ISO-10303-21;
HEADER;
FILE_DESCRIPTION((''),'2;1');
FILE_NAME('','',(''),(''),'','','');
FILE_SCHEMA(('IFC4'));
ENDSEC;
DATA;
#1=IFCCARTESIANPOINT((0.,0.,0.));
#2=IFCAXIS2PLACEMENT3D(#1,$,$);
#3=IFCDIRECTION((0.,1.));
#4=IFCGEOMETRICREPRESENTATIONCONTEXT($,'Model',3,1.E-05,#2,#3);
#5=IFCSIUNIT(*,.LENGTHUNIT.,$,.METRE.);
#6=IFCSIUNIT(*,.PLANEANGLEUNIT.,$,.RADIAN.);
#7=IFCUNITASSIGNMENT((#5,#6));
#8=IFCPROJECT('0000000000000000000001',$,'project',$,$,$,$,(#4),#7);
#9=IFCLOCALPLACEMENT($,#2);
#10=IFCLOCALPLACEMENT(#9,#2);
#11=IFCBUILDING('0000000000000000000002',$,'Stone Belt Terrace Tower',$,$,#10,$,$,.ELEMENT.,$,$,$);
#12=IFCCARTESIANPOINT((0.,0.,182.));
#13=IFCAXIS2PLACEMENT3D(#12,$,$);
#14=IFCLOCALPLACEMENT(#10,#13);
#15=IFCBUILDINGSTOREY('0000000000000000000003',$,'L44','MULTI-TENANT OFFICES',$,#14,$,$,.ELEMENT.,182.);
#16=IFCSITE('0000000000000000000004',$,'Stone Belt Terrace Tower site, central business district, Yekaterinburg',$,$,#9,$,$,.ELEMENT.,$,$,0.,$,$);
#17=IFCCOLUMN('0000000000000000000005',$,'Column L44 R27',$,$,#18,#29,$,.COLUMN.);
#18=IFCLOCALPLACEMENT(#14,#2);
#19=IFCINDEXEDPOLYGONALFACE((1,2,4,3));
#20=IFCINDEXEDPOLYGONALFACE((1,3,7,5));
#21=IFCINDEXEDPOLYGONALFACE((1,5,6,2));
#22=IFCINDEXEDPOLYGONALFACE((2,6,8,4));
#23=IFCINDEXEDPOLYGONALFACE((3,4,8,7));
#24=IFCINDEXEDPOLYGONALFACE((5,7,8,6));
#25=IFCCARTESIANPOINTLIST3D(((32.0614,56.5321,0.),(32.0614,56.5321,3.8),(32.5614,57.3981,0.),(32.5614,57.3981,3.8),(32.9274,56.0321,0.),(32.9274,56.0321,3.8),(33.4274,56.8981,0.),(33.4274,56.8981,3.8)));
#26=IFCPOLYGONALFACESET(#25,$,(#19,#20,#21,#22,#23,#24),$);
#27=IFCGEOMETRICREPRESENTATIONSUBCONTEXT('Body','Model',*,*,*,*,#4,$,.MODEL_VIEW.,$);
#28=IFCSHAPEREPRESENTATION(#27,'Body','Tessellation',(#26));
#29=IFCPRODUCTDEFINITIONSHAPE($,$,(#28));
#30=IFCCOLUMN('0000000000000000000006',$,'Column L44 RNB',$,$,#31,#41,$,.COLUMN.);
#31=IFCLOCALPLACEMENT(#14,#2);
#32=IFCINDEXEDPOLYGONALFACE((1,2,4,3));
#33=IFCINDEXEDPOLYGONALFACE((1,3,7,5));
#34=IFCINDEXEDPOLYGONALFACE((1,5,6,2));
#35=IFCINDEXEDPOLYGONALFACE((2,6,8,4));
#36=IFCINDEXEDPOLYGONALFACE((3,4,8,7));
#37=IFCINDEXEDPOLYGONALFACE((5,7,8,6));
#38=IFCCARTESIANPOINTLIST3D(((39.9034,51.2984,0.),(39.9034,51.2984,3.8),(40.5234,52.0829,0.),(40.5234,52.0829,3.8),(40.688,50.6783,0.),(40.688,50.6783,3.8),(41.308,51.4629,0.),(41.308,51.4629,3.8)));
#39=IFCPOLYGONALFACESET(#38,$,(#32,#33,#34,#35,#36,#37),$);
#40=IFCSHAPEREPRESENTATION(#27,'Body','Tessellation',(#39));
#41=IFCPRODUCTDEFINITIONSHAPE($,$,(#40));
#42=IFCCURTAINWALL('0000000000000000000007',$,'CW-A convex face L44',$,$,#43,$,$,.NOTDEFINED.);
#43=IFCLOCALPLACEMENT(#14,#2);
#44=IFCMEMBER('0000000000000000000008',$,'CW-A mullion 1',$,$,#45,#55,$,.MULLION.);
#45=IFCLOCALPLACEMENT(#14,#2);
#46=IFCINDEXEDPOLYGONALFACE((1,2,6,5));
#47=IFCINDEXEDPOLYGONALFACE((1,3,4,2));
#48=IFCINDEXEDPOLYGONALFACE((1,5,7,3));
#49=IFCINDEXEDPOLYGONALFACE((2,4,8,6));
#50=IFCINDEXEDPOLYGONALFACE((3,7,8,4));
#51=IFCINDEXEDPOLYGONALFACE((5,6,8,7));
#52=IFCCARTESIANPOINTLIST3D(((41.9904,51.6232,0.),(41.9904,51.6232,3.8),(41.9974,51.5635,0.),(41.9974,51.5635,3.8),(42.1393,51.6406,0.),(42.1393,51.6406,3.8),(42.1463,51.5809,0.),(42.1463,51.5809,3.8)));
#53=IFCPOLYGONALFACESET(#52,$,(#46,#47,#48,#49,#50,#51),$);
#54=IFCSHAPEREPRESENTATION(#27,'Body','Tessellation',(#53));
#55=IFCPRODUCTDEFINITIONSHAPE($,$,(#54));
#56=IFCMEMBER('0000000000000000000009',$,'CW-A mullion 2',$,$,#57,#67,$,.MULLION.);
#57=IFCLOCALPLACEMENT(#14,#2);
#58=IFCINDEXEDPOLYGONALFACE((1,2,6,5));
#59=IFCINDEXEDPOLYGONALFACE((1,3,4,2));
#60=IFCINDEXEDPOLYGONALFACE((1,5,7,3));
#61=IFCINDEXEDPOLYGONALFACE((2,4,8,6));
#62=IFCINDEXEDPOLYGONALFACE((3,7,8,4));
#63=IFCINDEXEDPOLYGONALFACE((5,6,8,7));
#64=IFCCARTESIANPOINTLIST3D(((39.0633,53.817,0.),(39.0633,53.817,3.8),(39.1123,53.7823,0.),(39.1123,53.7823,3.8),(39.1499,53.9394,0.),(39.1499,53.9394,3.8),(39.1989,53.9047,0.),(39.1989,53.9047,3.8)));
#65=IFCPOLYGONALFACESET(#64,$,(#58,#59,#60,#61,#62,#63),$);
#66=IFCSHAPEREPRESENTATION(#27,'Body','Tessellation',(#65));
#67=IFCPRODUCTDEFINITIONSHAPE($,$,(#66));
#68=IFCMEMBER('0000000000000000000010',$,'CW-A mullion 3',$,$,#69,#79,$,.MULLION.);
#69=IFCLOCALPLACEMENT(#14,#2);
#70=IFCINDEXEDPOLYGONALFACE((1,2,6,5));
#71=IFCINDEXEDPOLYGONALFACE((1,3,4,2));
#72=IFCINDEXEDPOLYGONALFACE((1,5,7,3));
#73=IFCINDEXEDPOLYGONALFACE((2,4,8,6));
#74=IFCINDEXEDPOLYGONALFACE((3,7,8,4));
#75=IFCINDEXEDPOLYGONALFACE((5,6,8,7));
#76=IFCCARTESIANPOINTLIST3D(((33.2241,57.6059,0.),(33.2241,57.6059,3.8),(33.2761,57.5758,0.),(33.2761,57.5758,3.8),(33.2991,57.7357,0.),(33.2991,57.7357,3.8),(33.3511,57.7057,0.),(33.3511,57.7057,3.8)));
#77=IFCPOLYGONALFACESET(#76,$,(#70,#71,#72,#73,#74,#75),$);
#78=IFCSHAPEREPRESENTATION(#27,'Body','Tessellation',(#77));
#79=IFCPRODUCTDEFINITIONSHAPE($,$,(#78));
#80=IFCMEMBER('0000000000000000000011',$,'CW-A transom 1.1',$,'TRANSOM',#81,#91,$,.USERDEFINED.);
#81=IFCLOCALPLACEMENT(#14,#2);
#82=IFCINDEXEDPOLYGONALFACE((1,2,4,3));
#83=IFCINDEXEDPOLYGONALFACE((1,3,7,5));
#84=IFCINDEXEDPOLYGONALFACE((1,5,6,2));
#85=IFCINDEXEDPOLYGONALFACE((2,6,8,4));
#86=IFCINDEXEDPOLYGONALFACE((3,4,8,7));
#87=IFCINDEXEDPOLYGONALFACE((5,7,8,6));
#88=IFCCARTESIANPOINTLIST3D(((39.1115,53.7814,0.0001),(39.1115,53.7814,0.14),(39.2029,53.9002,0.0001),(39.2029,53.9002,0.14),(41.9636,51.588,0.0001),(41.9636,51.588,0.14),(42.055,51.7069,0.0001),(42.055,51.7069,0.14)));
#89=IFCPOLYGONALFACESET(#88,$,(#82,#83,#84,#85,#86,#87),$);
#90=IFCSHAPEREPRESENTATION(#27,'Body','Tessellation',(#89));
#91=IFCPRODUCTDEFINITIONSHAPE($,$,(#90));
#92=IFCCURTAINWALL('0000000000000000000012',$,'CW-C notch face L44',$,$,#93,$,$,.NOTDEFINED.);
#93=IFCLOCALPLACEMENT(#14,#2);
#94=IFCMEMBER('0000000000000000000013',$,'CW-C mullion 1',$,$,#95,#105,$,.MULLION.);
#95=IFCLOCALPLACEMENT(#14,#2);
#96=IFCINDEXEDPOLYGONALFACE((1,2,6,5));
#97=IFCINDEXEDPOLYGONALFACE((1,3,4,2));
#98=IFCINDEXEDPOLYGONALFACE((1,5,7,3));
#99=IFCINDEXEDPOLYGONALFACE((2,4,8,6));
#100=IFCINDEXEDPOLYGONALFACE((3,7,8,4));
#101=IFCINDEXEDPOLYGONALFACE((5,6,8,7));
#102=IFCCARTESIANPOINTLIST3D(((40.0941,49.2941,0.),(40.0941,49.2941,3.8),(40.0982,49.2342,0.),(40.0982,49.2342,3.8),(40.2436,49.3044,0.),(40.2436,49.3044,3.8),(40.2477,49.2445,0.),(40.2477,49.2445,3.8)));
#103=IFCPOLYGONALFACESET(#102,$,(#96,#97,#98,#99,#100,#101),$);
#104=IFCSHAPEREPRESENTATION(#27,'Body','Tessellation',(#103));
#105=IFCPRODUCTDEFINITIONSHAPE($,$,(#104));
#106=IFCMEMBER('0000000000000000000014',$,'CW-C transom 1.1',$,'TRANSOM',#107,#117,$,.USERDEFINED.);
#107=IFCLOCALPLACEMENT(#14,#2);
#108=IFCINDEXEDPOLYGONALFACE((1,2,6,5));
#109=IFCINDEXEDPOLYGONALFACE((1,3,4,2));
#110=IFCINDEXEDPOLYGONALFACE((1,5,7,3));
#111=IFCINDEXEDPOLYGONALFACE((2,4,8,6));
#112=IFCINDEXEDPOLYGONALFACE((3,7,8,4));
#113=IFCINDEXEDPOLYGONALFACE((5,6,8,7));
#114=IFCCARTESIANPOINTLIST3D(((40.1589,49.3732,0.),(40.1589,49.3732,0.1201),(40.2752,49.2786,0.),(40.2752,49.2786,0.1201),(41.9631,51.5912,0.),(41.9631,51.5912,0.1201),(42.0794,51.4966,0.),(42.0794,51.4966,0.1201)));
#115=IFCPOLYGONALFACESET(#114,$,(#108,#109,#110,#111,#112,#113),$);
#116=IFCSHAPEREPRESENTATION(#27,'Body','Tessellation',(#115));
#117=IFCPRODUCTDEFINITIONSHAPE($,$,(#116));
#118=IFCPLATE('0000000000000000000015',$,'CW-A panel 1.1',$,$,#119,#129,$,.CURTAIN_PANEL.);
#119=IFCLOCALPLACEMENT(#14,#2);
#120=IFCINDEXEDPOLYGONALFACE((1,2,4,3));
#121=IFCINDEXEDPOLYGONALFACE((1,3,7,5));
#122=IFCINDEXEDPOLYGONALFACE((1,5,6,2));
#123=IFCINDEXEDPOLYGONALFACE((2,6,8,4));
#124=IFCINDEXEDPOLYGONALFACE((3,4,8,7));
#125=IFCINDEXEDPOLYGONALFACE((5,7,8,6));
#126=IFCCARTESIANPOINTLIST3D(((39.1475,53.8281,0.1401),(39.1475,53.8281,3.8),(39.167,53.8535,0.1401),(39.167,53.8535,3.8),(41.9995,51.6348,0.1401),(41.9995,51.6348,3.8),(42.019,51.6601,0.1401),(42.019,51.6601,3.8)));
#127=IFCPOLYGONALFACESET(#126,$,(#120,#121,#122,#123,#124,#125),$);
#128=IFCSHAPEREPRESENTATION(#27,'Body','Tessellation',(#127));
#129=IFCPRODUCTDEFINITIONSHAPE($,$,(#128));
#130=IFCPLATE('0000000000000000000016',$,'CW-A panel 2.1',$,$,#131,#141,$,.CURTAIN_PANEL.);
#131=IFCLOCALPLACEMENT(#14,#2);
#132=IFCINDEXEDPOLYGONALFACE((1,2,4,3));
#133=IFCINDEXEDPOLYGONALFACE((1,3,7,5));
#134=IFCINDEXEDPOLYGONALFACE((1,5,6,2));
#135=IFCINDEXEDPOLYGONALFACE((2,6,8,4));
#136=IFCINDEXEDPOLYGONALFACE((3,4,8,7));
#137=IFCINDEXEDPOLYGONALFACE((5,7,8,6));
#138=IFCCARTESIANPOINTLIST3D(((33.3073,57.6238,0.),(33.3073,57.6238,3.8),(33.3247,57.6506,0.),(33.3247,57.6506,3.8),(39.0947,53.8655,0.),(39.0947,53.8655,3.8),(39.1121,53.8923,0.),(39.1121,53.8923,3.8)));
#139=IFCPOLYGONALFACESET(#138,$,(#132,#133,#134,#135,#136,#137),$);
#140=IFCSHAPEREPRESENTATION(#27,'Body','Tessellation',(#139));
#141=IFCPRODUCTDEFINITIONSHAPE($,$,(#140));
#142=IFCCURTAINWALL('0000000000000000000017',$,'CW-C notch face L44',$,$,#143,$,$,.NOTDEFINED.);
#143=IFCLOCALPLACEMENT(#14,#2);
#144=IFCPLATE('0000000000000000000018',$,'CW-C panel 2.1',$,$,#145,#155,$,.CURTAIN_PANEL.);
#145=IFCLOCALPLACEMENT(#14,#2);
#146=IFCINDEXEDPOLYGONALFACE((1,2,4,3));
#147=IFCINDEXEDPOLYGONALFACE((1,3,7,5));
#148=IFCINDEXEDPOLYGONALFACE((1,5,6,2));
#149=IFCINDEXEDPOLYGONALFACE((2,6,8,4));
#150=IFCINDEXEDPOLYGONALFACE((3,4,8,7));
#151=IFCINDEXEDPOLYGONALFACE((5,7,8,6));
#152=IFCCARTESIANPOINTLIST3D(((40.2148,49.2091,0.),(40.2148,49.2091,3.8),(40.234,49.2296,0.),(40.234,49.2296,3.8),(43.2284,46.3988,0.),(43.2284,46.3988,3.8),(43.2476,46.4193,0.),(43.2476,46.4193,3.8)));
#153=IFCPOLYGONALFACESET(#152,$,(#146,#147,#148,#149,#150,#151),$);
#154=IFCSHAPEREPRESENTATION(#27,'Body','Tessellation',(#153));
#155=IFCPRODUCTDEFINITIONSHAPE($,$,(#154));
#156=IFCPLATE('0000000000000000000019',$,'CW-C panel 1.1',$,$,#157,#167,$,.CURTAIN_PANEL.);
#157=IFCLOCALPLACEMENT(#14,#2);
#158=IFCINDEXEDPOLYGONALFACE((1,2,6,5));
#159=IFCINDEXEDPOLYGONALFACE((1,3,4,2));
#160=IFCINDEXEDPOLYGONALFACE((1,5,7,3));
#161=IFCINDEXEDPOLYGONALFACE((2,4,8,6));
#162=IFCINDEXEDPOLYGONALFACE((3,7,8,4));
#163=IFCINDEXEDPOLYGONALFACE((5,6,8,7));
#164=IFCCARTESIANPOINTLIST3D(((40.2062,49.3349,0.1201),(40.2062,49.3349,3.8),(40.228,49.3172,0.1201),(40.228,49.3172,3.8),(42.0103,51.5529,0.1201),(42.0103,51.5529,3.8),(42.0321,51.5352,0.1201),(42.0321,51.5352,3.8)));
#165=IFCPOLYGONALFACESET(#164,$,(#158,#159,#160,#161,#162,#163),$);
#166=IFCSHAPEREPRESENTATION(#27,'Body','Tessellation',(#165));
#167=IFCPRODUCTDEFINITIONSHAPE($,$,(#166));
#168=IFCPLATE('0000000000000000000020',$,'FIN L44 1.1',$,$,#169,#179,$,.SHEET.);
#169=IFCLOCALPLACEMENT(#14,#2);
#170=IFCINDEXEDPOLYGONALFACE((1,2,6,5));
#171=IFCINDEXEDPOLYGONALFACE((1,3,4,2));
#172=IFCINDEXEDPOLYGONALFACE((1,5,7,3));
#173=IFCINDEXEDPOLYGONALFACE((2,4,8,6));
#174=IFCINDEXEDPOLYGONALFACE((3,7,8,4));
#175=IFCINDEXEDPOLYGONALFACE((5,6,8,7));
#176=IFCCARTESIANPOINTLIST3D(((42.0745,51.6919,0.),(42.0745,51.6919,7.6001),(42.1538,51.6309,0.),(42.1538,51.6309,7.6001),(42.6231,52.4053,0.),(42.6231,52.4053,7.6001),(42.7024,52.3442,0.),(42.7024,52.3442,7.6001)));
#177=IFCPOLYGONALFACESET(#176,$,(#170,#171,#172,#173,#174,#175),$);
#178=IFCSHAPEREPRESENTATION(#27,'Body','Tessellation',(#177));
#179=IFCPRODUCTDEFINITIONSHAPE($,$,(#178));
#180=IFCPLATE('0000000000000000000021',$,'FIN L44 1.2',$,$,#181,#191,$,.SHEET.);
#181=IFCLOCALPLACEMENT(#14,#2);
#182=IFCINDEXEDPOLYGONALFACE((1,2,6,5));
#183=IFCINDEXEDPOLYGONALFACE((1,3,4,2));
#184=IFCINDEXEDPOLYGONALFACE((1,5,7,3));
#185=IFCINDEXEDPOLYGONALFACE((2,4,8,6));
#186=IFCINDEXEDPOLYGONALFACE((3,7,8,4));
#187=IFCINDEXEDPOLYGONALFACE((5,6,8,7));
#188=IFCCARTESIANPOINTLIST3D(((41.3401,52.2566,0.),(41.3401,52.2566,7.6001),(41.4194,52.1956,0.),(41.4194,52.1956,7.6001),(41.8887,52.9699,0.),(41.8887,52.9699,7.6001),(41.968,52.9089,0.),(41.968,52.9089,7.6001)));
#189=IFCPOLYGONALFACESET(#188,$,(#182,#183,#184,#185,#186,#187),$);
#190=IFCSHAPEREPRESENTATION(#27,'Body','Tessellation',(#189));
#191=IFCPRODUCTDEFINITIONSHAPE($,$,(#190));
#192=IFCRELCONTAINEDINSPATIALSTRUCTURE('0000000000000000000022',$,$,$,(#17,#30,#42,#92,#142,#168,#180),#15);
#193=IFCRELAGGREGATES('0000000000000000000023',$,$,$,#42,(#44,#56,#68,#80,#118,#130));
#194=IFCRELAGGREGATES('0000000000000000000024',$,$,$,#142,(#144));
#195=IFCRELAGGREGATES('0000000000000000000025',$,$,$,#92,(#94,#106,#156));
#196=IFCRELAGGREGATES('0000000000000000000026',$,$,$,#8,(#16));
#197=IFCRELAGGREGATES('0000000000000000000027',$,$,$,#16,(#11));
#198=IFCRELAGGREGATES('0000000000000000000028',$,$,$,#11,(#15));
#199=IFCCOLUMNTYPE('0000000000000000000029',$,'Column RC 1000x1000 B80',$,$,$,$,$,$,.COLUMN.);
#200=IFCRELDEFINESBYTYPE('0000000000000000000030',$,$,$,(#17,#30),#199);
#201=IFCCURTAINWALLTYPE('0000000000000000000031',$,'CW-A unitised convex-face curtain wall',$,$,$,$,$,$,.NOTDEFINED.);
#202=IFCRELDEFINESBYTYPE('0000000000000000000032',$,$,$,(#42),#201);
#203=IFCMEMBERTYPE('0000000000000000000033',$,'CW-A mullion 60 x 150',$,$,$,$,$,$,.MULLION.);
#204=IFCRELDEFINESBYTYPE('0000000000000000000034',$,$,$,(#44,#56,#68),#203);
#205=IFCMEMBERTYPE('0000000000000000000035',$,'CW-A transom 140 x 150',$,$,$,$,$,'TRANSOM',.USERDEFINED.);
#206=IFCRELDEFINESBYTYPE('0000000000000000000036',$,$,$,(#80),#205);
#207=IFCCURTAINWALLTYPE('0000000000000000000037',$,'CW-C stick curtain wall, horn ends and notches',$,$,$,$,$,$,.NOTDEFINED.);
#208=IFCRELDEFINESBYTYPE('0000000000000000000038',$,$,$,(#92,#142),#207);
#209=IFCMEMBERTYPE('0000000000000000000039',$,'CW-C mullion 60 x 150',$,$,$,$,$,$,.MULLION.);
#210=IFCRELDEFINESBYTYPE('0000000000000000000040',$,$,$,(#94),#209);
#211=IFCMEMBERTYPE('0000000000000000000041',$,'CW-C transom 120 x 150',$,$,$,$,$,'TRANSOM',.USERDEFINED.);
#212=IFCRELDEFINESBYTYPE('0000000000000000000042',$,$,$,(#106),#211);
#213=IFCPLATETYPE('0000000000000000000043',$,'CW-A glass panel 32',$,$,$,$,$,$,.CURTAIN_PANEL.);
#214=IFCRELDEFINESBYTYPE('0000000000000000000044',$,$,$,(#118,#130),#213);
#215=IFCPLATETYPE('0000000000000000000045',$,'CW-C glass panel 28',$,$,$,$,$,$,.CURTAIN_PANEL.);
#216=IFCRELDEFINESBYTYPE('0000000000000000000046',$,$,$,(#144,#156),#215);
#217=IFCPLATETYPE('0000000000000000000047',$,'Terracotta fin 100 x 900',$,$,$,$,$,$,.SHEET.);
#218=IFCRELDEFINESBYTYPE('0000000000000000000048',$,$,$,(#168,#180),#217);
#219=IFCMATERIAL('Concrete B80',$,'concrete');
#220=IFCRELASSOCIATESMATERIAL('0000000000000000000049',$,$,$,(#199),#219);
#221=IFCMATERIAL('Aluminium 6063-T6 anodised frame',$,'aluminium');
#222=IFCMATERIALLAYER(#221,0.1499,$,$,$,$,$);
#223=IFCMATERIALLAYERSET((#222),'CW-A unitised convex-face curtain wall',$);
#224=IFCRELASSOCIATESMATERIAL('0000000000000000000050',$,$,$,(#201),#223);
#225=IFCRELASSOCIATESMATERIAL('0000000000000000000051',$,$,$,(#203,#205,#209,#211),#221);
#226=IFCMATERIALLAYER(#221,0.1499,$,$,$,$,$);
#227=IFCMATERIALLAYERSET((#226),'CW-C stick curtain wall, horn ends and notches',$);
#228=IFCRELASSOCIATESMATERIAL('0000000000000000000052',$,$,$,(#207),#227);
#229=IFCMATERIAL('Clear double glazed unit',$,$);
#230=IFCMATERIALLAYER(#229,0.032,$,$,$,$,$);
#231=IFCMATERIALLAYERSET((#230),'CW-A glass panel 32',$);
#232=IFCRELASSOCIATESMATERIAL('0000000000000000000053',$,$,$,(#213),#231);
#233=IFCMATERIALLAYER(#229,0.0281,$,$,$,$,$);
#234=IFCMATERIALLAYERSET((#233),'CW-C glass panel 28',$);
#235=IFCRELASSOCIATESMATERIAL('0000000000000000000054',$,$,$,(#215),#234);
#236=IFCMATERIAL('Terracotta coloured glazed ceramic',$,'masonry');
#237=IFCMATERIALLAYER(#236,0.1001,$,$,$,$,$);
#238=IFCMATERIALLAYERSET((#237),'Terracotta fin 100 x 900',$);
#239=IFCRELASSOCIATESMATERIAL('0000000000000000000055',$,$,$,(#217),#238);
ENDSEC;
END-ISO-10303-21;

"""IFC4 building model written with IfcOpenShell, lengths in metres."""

from ifc_helpers import new_model, si_unit, direction, frame, origin, origin_2d, place, context, subcontext, project, spatial, rectangle, extrude, material, layer, layer_set, material_profile, profile_set, type_object, element, aggregate, save


model = new_model("IFC4")

# Units and contexts
model_context = context("Model", 3, precision=1e-05, world=origin(), true_north=direction((0.0, 1.0)))
body_context = subcontext(model_context, "Body", "Model", "MODEL_VIEW")
ifc_project = project(units=[si_unit("LENGTHUNIT", "METRE"), si_unit("PLANEANGLEUNIT", "RADIAN")], contexts=[model_context])

# Site, building, storey
site_placement = place(None, origin())
site = spatial("IfcSite", under=ifc_project, at=site_placement, Name="Stone Belt Terrace Tower site, central business district, Yekaterinburg", CompositionType="ELEMENT", RefElevation=0.0)
building_placement = place(site_placement, origin())
building = spatial("IfcBuilding", under=site, at=building_placement, Name="Stone Belt Terrace Tower", CompositionType="ELEMENT")
storey_placement = place(building_placement, frame((0.0, 0.0, 182.0)))
storey = spatial("IfcBuildingStorey", under=building, at=storey_placement, Name="L44", Description="MULTI-TENANT OFFICES", CompositionType="ELEMENT", Elevation=182.0)

# Columns
ifc_material_1 = material(Name="Concrete B80", Category="concrete")
ifc_material_profile_1 = material_profile(ifc_material_1, rectangle(XDim=1.0, YDim=1.0, at=origin_2d()), Name="RC 1000x1000")
ifc_profile_set_1 = profile_set([ifc_material_profile_1], Name="Concrete B80")
column_type = type_object("IfcColumnType", Name="Column RC 1000x1000 B80", PredefinedType="COLUMN", material=ifc_profile_set_1)
for number, where, z_axis, x_axis, name in (
    (1, (32.7444, 56.7151, 0.0), (0.0, 0.0, 1.0), (0.866025, -0.5, 0.0), "Column L44 R27"),
    (2, (40.6057, 51.3806, 0.0), (0.0, 0.0, 1.0), (0.78457, -0.620041, 0.0), "Column L44 RNB"),
):
    element("IfcColumn", number, at=place(storey_placement, frame(where, z_axis=z_axis, x_axis=x_axis)), inside=storey, type_object=column_type, Name=name, PredefinedType="COLUMN", context=body_context, shape_type="SweptSolid", body=[
        extrude(rectangle(XDim=1.0, YDim=1.0, at=origin_2d()), origin(), (0.0, 0.0, 1.0), 3.8),
    ])

# Curtain walls, members
ifc_material_2 = material(Name="Aluminium 6063-T6 anodised frame", Category="aluminium")
ifc_layer_1 = layer(ifc_material_2, 0.1499)
ifc_layer_set_1 = layer_set([ifc_layer_1], Name="CW-A unitised convex-face curtain wall")
curtain_wall_type_1 = type_object("IfcCurtainWallType", Name="CW-A unitised convex-face curtain wall", PredefinedType="NOTDEFINED", material=ifc_layer_set_1)
curtain_wall_1_placement = place(storey_placement, origin())
curtain_wall_1 = element("IfcCurtainWall", 3, at=curtain_wall_1_placement, inside=storey, type_object=curtain_wall_type_1, Name="CW-A convex face L44", PredefinedType="NOTDEFINED")
ifc_material_profile_2 = material_profile(ifc_material_2, rectangle(XDim=0.1499, YDim=0.0601, at=origin_2d()), Name="Aluminium 6063-T6 60x150")
ifc_profile_set_2 = profile_set([ifc_material_profile_2], Name="Aluminium 6063-T6 anodised frame")
member_type_1 = type_object("IfcMemberType", Name="CW-A mullion 60 x 150", PredefinedType="MULLION", material=ifc_profile_set_2)
member_1_placement = place(storey_placement, frame((42.0684, 51.6021, 0.0), z_axis=(0.0, 0.0, 1.0), x_axis=(-0.993258, -0.115925, 0.0)))
member_1 = element("IfcMember", 4, at=member_1_placement, type_object=member_type_1, Name="CW-A mullion 1", PredefinedType="MULLION", context=body_context, shape_type="SweptSolid", body=[
    extrude(rectangle(XDim=0.1499, YDim=0.0601, at=origin_2d()), origin(), (0.0, 0.0, 1.0), 3.8),
])
member_2_placement = place(storey_placement, frame((39.1311, 53.8608, 0.0), z_axis=(0.0, 0.0, 1.0), x_axis=(-0.577587, -0.816329, 0.0)))
member_2 = element("IfcMember", 5, at=member_2_placement, type_object=member_type_1, Name="CW-A mullion 2", PredefinedType="MULLION", context=body_context, shape_type="SweptSolid", body=[
    extrude(rectangle(XDim=0.1499, YDim=0.0601, at=origin_2d()), origin(), (0.0, 0.0, 1.0), 3.8),
])
member_3_placement = place(storey_placement, frame((33.2876, 57.6558, 0.0), z_axis=(0.0, 0.0, 1.0), x_axis=(-0.5, -0.866025, 0.0)))
member_3 = element("IfcMember", 6, at=member_3_placement, type_object=member_type_1, Name="CW-A mullion 3", PredefinedType="MULLION", context=body_context, shape_type="SweptSolid", body=[
    extrude(rectangle(XDim=0.1499, YDim=0.0601, at=origin_2d()), origin(), (0.0, 0.0, 1.0), 3.8),
])
ifc_material_profile_3 = material_profile(ifc_material_2, rectangle(XDim=0.1499, YDim=0.1399, at=origin_2d()), Name="Aluminium 6063-T6 150x140")
ifc_profile_set_3 = profile_set([ifc_material_profile_3], Name="Aluminium 6063-T6 anodised frame")
member_type_2 = type_object("IfcMemberType", Name="CW-A transom 140 x 150", ElementType="TRANSOM", PredefinedType="USERDEFINED", material=ifc_profile_set_3)
member_4_placement = place(storey_placement, frame((42.0093, 51.6475, 0.0701), z_axis=(-0.792695, 0.609619, 0.0), x_axis=(-0.609619, -0.792695, 0.0)))
member_4 = element("IfcMember", 7, at=member_4_placement, type_object=member_type_2, Name="CW-A transom 1.1", ObjectType="TRANSOM", PredefinedType="USERDEFINED", context=body_context, shape_type="SweptSolid", body=[
    extrude(rectangle(XDim=0.1499, YDim=0.1399, at=origin_2d()), origin(), (0.0, 0.0, 1.0), 3.5979),
])
ifc_layer_2 = layer(ifc_material_2, 0.1499)
ifc_layer_set_2 = layer_set([ifc_layer_2], Name="CW-C stick curtain wall, horn ends and notches")
curtain_wall_type_2 = type_object("IfcCurtainWallType", Name="CW-C stick curtain wall, horn ends and notches", PredefinedType="NOTDEFINED", material=ifc_layer_set_2)
curtain_wall_2_placement = place(storey_placement, origin())
curtain_wall_2 = element("IfcCurtainWall", 8, at=curtain_wall_2_placement, inside=storey, type_object=curtain_wall_type_2, Name="CW-C notch face L44", PredefinedType="NOTDEFINED")
ifc_material_profile_4 = material_profile(ifc_material_2, rectangle(XDim=0.1499, YDim=0.0601, at=origin_2d()), Name="Aluminium 6063-T6 60x150")
ifc_profile_set_4 = profile_set([ifc_material_profile_4], Name="Aluminium 6063-T6 anodised frame")
member_type_3 = type_object("IfcMemberType", Name="CW-C mullion 60 x 150", PredefinedType="MULLION", material=ifc_profile_set_4)
member_5_placement = place(storey_placement, frame((40.1709, 49.2693, 0.0), z_axis=(0.0, 0.0, 1.0), x_axis=(-0.99764, -0.068666, 0.0)))
member_5 = element("IfcMember", 9, at=member_5_placement, type_object=member_type_3, Name="CW-C mullion 1", PredefinedType="MULLION", context=body_context, shape_type="SweptSolid", body=[
    extrude(rectangle(XDim=0.1499, YDim=0.0601, at=origin_2d()), origin(), (0.0, 0.0, 1.0), 3.8),
])
ifc_material_profile_5 = material_profile(ifc_material_2, rectangle(XDim=0.1499, YDim=0.1201, at=origin_2d()), Name="Aluminium 6063-T6 150x120")
ifc_profile_set_5 = profile_set([ifc_material_profile_5], Name="Aluminium 6063-T6 anodised frame")
member_type_4 = type_object("IfcMemberType", Name="CW-C transom 120 x 150", ElementType="TRANSOM", PredefinedType="USERDEFINED", material=ifc_profile_set_5)
member_6_placement = place(storey_placement, frame((40.217, 49.3259, 0.0601), z_axis=(0.631027, 0.775761, 0.0), x_axis=(-0.775761, 0.631027, 0.0)))
member_6 = element("IfcMember", 10, at=member_6_placement, type_object=member_type_4, Name="CW-C transom 1.1", ObjectType="TRANSOM", PredefinedType="USERDEFINED", context=body_context, shape_type="SweptSolid", body=[
    extrude(rectangle(XDim=0.1499, YDim=0.1201, at=origin_2d()), origin(), (0.0, 0.0, 1.0), 2.8591),
])

# Plates
ifc_material_3 = material(Name="Clear double glazed unit")
ifc_layer_3 = layer(ifc_material_3, 0.032)
ifc_layer_set_3 = layer_set([ifc_layer_3], Name="CW-A glass panel 32")
plate_type_1 = type_object("IfcPlateType", Name="CW-A glass panel 32", PredefinedType="CURTAIN_PANEL", material=ifc_layer_set_3)
plate_1_placement = place(storey_placement, frame((40.5833, 52.7441, 0.1401), z_axis=(0.0, 0.0, 1.0), x_axis=(-0.792694, 0.60962, 0.0)))
plate_1 = element("IfcPlate", 11, at=plate_1_placement, type_object=plate_type_1, Name="CW-A panel 1.1", PredefinedType="CURTAIN_PANEL", context=body_context, shape_type="SweptSolid", body=[
    extrude(rectangle(XDim=3.5979, YDim=0.032, at=origin_2d()), origin(), (0.0, 0.0, 1.0), 3.6599),
])
plate_2_placement = place(storey_placement, frame((36.2097, 55.7581, 0.0), z_axis=(0.0, 0.0, 1.0), x_axis=(-0.838671, 0.544639, 0.0)))
plate_2 = element("IfcPlate", 12, at=plate_2_placement, type_object=plate_type_1, Name="CW-A panel 2.1", PredefinedType="CURTAIN_PANEL", context=body_context, shape_type="SweptSolid", body=[
    extrude(rectangle(XDim=6.9006, YDim=0.032, at=origin_2d()), origin(), (0.0, 0.0, 1.0), 3.8),
])
aggregate(curtain_wall_1, [member_1, member_2, member_3, member_4, plate_1, plate_2])

# Curtain wall, plate
curtain_wall_3_placement = place(storey_placement, origin())
curtain_wall_3 = element("IfcCurtainWall", 13, at=curtain_wall_3_placement, inside=storey, type_object=curtain_wall_type_2, Name="CW-C notch face L44", PredefinedType="NOTDEFINED")
ifc_layer_4 = layer(ifc_material_3, 0.0281)
ifc_layer_set_4 = layer_set([ifc_layer_4], Name="CW-C glass panel 28")
plate_type_2 = type_object("IfcPlateType", Name="CW-C glass panel 28", PredefinedType="CURTAIN_PANEL", material=ifc_layer_set_4)
plate_3_placement = place(storey_placement, frame((41.7312, 47.8142, 0.0), z_axis=(0.0, 0.0, 1.0), x_axis=(-0.731339, 0.682014, 0.0)))
plate_3 = element("IfcPlate", 14, at=plate_3_placement, type_object=plate_type_2, Name="CW-C panel 2.1", PredefinedType="CURTAIN_PANEL", context=body_context, shape_type="SweptSolid", body=[
    extrude(rectangle(XDim=4.1206, YDim=0.0281, at=origin_2d()), origin(), (0.0, 0.0, 1.0), 3.8),
])
aggregate(curtain_wall_3, [plate_3])

# Plate
plate_4_placement = place(storey_placement, frame((41.1191, 50.4351, 0.1201), z_axis=(0.0, 0.0, 1.0), x_axis=(0.631001, 0.775782, 0.0)))
plate_4 = element("IfcPlate", 15, at=plate_4_placement, type_object=plate_type_2, Name="CW-C panel 1.1", PredefinedType="CURTAIN_PANEL", context=body_context, shape_type="SweptSolid", body=[
    extrude(rectangle(XDim=2.8591, YDim=0.0281, at=origin_2d()), origin(), (0.0, 0.0, 1.0), 3.6799),
])
aggregate(curtain_wall_2, [member_5, member_6, plate_4])

# Plates
ifc_material_4 = material(Name="Terracotta coloured glazed ceramic", Category="masonry")
ifc_layer_5 = layer(ifc_material_4, 0.1001)
ifc_layer_set_5 = layer_set([ifc_layer_5], Name="Terracotta fin 100 x 900")
plate_type_3 = type_object("IfcPlateType", Name="Terracotta fin 100 x 900", PredefinedType="SHEET", material=ifc_layer_set_5)
for number, where, z_axis, x_axis, name in (
    (16, (42.3884, 52.0181, 0.0), (0.0, 0.0, 1.0), (0.60962, 0.792694, 0.0), "FIN L44 1.1"),
    (17, (41.6541, 52.5828, 0.0), (0.0, 0.0, 1.0), (0.60962, 0.792694, 0.0), "FIN L44 1.2"),
):
    element("IfcPlate", number, at=place(storey_placement, frame(where, z_axis=z_axis, x_axis=x_axis)), inside=storey, type_object=plate_type_3, Name=name, PredefinedType="SHEET", context=body_context, shape_type="SweptSolid", body=[
        extrude(rectangle(XDim=0.8999, YDim=0.1001, at=origin_2d()), origin(), (0.0, 0.0, 1.0), 7.6001),
    ])

save(model, "model.ifc")
